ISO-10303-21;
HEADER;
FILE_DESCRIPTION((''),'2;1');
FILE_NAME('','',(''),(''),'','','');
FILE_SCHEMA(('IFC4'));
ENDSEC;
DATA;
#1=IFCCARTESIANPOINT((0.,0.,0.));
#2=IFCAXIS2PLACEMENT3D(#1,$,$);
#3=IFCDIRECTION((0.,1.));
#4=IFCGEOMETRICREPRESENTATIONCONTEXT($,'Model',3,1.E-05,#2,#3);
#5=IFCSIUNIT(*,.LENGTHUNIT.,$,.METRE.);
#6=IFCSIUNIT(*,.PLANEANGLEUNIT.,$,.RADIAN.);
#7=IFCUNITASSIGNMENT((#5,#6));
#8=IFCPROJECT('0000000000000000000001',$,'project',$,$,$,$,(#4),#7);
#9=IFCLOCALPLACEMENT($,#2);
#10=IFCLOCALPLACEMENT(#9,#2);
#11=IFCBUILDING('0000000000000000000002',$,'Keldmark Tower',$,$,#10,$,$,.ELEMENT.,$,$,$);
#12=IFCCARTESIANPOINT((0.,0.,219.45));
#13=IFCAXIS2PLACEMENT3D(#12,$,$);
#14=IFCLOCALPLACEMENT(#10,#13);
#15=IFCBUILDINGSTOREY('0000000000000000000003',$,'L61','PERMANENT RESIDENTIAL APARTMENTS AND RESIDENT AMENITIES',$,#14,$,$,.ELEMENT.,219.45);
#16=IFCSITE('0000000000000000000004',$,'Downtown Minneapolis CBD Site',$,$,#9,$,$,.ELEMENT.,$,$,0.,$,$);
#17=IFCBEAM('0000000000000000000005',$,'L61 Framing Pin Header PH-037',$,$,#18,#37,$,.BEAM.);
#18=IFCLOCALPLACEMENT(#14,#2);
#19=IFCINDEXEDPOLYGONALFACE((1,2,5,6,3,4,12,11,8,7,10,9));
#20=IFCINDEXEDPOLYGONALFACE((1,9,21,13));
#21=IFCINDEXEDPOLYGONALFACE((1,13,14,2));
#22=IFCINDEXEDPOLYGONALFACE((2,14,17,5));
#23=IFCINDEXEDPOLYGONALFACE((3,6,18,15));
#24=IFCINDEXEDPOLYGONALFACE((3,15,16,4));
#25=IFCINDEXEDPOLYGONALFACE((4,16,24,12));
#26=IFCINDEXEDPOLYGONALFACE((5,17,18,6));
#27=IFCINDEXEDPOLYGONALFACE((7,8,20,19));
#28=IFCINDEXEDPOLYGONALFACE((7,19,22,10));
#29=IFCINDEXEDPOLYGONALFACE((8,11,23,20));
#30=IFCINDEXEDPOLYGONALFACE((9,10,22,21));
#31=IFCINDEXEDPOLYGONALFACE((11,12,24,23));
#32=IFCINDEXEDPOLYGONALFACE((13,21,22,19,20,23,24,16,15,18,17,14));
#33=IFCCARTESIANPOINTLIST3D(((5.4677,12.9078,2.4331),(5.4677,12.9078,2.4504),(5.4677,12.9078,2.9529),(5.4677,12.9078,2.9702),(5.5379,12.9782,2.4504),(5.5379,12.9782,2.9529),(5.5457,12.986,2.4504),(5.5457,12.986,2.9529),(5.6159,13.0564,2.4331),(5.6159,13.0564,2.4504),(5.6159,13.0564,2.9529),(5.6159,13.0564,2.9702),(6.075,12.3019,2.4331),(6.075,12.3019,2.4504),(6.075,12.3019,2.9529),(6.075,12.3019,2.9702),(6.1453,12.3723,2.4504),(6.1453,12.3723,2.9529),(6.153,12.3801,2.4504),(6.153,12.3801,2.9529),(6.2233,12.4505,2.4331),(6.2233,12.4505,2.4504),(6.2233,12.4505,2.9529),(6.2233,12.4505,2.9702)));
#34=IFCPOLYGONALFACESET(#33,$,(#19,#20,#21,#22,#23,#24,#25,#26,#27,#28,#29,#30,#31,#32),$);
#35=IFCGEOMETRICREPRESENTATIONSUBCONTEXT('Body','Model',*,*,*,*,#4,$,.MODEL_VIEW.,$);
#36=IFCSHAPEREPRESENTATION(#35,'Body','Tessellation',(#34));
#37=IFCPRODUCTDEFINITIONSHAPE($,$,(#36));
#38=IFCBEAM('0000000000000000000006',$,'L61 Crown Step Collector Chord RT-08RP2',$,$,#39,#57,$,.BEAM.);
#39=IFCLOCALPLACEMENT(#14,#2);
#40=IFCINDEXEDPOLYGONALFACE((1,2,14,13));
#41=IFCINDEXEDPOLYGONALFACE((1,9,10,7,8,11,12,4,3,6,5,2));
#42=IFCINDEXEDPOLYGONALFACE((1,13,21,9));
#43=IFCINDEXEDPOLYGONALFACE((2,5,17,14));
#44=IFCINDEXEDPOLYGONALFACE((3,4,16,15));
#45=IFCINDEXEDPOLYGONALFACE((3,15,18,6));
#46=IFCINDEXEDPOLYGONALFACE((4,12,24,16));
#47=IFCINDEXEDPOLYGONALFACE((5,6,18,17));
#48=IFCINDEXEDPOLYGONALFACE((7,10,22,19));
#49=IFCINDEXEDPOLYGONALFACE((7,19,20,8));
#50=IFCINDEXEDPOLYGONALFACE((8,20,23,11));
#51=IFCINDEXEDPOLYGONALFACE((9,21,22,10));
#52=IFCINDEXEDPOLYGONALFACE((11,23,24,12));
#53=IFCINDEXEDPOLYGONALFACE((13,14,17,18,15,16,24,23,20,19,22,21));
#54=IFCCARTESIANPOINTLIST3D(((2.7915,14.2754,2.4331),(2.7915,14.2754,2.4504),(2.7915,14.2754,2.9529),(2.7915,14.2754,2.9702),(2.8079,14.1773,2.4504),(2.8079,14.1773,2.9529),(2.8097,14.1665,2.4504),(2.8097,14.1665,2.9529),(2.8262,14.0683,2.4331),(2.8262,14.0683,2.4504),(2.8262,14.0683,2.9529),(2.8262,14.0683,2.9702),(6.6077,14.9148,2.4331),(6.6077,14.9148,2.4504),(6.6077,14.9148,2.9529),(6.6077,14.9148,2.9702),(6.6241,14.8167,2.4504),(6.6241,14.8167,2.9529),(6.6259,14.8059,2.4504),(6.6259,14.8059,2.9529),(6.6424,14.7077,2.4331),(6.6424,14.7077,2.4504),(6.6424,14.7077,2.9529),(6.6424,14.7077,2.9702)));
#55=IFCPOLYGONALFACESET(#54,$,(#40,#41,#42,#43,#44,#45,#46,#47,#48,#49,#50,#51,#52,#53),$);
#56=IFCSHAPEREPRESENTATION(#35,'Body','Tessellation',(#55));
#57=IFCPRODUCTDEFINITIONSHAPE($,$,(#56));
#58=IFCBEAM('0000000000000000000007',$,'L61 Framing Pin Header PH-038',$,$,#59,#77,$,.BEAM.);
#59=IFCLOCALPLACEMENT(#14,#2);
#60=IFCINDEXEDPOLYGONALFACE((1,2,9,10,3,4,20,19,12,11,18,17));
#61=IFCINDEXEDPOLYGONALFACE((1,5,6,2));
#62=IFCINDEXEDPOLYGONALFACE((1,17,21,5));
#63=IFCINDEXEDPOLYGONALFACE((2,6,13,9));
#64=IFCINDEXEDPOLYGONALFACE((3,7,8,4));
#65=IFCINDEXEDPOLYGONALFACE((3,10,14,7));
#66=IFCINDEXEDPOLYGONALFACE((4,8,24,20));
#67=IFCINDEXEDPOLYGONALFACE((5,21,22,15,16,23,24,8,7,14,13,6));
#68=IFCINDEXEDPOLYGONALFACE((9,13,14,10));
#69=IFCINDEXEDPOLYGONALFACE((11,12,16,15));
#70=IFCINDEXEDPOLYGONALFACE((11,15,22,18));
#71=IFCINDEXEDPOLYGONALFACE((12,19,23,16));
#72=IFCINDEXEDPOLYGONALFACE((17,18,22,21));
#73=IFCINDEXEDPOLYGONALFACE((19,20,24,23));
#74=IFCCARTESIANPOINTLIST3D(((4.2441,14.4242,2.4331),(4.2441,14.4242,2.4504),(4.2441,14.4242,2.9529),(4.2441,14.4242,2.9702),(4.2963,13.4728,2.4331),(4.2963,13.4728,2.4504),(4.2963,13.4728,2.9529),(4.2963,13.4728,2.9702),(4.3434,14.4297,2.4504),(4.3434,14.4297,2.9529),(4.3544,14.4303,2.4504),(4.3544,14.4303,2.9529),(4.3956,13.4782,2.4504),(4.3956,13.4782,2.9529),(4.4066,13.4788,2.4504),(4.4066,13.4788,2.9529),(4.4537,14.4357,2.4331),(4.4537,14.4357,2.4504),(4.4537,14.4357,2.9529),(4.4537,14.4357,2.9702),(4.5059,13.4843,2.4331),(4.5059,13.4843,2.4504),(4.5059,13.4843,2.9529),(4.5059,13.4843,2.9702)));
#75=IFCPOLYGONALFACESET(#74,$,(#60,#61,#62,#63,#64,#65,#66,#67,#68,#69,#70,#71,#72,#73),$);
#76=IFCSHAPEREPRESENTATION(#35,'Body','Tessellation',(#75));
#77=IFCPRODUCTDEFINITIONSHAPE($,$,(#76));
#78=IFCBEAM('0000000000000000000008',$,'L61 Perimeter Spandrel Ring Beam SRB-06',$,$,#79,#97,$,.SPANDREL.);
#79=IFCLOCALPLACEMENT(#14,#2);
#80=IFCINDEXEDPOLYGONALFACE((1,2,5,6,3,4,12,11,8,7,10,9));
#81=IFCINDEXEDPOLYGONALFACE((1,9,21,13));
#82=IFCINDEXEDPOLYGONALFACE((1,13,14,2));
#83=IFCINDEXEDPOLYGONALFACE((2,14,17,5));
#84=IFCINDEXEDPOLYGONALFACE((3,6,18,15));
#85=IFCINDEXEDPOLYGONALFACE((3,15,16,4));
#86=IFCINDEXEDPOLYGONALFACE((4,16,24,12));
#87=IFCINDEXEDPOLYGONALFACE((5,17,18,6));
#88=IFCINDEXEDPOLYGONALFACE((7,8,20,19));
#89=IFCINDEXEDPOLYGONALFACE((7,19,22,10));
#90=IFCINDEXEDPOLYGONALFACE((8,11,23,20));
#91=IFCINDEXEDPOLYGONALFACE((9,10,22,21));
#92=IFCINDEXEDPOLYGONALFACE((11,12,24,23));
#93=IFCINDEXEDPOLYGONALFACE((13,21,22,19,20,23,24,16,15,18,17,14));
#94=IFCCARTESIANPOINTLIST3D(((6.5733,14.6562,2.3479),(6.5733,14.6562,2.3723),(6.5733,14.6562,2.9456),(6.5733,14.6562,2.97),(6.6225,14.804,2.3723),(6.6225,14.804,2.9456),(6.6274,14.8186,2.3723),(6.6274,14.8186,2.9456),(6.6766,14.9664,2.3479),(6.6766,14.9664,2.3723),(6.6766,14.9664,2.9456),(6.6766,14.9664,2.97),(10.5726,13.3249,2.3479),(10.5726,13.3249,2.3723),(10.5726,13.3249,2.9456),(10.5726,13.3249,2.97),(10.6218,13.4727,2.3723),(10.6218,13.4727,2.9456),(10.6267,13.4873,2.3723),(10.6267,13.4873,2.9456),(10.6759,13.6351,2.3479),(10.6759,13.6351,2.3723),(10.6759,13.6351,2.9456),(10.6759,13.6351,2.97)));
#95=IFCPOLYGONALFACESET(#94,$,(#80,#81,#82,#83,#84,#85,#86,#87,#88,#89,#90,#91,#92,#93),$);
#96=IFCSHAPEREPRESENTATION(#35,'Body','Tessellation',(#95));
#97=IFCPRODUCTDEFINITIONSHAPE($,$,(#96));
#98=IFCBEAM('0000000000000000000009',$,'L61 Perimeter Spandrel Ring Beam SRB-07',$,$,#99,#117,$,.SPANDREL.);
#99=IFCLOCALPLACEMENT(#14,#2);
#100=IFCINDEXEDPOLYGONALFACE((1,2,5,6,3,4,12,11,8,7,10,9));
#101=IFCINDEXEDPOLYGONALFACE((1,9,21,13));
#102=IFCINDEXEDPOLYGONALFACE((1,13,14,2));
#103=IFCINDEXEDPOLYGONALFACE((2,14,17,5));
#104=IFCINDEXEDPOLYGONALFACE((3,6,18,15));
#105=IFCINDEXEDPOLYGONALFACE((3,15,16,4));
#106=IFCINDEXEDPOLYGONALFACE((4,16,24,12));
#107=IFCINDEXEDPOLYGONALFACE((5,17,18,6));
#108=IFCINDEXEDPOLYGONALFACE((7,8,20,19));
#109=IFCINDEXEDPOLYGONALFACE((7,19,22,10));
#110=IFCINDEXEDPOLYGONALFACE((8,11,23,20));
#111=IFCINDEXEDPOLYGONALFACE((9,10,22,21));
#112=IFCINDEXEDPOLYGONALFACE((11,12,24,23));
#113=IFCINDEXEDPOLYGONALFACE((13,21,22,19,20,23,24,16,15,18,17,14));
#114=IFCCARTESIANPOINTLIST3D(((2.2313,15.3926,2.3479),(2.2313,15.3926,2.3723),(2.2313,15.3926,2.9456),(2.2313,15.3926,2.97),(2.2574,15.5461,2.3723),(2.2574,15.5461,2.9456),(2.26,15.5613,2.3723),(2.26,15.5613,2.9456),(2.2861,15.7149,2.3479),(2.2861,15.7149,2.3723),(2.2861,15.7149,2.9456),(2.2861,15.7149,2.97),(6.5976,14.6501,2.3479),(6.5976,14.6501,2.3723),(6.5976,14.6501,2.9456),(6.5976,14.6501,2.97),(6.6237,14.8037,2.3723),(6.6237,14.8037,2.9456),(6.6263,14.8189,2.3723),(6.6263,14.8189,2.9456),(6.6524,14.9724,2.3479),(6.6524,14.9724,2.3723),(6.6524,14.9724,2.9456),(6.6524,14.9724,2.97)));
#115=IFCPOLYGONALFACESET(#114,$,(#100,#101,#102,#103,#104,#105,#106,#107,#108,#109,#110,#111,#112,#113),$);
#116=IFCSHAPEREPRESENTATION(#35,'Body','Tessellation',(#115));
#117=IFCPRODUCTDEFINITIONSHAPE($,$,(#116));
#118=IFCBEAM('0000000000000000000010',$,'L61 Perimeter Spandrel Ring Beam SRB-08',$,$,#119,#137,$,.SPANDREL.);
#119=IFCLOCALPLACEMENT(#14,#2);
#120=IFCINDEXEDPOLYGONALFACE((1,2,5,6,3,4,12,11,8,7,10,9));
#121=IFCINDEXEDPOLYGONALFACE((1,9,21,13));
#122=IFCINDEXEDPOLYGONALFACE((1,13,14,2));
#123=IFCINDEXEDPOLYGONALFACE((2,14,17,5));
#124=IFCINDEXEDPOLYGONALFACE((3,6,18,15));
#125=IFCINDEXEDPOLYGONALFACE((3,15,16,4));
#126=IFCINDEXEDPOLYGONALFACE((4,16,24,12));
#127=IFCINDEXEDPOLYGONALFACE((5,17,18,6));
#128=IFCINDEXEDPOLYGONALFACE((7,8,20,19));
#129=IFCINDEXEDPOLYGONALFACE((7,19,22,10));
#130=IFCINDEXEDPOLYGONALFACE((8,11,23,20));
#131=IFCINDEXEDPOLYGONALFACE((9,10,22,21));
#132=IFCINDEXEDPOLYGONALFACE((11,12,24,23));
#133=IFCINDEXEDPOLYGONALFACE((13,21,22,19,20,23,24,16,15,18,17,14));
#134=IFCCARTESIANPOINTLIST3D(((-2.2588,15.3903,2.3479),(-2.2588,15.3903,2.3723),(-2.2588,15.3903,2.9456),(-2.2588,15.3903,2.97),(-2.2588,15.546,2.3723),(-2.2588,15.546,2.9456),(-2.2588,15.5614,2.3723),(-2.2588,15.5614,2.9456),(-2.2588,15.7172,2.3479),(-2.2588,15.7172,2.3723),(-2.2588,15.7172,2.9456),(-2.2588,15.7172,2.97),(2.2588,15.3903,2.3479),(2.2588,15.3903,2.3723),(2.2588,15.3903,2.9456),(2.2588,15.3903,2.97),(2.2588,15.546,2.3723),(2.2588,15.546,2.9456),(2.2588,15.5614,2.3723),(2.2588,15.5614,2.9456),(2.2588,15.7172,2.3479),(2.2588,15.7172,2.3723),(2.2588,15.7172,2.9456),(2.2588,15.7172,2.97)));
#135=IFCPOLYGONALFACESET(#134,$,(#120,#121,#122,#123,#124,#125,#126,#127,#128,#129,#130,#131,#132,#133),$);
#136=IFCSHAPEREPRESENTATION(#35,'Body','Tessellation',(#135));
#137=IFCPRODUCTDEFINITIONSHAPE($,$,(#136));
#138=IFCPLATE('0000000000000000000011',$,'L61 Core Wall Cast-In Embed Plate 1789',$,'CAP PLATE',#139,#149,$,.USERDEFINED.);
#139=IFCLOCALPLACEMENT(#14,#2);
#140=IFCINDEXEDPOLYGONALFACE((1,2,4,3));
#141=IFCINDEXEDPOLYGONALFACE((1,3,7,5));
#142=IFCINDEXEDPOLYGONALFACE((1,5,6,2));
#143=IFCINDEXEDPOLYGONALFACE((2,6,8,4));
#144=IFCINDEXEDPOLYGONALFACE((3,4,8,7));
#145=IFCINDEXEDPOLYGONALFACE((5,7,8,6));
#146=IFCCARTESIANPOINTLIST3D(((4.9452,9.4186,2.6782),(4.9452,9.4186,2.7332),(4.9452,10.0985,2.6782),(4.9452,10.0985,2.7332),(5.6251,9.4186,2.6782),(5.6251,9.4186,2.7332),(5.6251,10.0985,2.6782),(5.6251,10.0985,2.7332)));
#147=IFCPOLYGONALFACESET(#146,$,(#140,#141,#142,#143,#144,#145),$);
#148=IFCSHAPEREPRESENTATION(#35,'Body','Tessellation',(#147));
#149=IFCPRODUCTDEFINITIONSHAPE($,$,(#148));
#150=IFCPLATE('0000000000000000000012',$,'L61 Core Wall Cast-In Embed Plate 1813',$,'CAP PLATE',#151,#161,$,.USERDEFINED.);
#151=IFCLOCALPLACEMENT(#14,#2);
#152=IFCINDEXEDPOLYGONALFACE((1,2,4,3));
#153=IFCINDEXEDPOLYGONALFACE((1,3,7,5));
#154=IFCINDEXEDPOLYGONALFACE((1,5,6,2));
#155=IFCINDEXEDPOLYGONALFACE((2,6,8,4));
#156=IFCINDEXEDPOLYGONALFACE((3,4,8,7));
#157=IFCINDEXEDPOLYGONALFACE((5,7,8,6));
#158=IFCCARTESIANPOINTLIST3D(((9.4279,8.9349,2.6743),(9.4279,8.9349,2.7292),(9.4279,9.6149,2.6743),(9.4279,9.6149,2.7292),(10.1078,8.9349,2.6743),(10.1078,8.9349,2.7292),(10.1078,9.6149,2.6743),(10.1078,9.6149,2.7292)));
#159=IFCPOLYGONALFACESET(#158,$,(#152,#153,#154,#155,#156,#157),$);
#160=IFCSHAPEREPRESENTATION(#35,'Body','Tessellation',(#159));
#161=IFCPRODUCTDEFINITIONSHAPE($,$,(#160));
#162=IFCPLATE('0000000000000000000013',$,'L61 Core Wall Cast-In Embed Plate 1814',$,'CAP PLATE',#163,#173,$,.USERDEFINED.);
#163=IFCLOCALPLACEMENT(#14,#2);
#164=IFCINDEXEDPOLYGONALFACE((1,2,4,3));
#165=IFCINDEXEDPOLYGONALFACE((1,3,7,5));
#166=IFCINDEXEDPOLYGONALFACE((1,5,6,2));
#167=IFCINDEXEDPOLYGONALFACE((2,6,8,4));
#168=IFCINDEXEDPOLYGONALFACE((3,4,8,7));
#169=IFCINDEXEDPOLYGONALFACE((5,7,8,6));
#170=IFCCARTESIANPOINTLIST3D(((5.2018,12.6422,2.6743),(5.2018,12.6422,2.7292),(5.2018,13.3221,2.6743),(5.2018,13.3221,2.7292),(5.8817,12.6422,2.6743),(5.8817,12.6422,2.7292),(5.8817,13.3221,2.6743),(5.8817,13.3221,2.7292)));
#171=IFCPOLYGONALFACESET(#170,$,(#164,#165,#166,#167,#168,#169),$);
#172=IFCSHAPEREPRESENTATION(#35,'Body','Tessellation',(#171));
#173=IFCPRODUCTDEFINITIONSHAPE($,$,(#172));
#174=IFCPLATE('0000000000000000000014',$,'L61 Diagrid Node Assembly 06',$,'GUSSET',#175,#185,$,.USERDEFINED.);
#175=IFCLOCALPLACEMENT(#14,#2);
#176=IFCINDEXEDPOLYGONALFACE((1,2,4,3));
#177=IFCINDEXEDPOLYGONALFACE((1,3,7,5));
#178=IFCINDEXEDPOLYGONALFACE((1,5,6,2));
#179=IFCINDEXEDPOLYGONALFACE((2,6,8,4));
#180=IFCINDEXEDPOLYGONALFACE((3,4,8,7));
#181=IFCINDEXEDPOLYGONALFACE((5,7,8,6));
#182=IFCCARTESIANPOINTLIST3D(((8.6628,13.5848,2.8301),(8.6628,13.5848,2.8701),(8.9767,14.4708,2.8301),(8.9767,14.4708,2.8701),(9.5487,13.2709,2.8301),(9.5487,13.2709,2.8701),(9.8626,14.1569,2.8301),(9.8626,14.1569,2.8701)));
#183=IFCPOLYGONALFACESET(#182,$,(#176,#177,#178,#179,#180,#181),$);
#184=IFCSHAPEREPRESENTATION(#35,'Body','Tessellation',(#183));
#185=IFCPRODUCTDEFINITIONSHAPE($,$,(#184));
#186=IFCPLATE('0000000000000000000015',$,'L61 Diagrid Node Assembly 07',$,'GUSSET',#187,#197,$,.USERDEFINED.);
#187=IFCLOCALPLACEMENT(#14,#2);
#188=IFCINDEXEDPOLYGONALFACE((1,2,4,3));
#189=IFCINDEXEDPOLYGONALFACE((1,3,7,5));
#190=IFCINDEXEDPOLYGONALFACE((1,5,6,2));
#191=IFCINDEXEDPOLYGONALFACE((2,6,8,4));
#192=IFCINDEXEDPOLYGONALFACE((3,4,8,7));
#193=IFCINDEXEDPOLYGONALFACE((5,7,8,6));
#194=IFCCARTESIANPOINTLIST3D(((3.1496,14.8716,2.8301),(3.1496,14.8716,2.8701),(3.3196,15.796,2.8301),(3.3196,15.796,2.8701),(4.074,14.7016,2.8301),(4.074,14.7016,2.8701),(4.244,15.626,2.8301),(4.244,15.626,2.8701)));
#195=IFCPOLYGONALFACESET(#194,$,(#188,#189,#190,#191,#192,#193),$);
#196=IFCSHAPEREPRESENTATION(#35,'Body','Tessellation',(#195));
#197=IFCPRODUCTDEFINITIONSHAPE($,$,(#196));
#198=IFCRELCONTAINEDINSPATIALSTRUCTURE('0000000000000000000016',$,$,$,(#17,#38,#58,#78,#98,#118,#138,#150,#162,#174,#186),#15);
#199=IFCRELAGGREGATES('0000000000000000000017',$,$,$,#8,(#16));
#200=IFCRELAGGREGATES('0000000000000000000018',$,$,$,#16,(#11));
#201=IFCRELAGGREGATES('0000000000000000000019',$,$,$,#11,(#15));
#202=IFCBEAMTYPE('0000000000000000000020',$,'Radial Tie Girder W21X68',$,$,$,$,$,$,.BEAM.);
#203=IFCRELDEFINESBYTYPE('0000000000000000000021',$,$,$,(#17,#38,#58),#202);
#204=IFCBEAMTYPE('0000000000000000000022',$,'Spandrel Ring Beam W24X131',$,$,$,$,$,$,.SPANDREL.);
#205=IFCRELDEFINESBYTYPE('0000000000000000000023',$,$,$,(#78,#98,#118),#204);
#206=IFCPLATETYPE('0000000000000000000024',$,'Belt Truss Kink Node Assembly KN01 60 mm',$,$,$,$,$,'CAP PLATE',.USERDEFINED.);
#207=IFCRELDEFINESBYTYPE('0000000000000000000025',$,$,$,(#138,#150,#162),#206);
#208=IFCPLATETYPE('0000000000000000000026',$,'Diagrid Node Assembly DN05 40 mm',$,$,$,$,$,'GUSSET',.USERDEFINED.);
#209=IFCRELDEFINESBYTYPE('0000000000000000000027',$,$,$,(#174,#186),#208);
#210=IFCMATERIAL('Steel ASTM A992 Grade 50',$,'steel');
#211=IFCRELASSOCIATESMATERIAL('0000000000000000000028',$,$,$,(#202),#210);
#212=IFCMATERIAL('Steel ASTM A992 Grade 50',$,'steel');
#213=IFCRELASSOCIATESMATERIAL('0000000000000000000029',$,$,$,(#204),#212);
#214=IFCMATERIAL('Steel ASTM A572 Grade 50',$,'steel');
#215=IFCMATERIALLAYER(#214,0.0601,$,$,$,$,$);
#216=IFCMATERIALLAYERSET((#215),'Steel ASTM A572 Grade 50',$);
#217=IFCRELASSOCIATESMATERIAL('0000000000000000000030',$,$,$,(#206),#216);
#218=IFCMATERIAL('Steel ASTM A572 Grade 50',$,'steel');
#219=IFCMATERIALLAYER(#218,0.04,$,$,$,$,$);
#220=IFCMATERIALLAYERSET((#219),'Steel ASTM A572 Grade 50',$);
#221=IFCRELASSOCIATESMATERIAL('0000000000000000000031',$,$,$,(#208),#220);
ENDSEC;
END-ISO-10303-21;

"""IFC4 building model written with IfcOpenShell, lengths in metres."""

from ifc_helpers import new_model, si_unit, direction, frame, origin, origin_2d, place, context, subcontext, project, spatial, rectangle, i_section, extrude, material, layer, layer_set, material_profile, profile_set, type_object, element, save


model = new_model("IFC4")

# Units and contexts
model_context = context("Model", 3, precision=1e-05, world=origin(), true_north=direction((0.0, 1.0)))
body_context = subcontext(model_context, "Body", "Model", "MODEL_VIEW")
ifc_project = project(units=[si_unit("LENGTHUNIT", "METRE"), si_unit("PLANEANGLEUNIT", "RADIAN")], contexts=[model_context])

# Site, building, storey
site_placement = place(None, origin())
site = spatial("IfcSite", under=ifc_project, at=site_placement, Name="Downtown Minneapolis CBD Site", CompositionType="ELEMENT", RefElevation=0.0)
building_placement = place(site_placement, origin())
building = spatial("IfcBuilding", under=site, at=building_placement, Name="Keldmark Tower", CompositionType="ELEMENT")
storey_placement = place(building_placement, frame((0.0, 0.0, 219.45)))
storey = spatial("IfcBuildingStorey", under=building, at=storey_placement, Name="L61", Description="PERMANENT RESIDENTIAL APARTMENTS AND RESIDENT AMENITIES", CompositionType="ELEMENT", Elevation=219.45)

# Beams
ifc_material_1 = material(Name="Steel ASTM A992 Grade 50", Category="steel")
ifc_material_profile_1 = material_profile(ifc_material_1, i_section(OverallWidth=0.21, OverallDepth=0.5371, WebThickness=0.011, FlangeThickness=0.0173, at=origin_2d()), Name="W21X68")
ifc_profile_set_1 = profile_set([ifc_material_profile_1], Name="Steel ASTM A992 Grade 50")
beam_type_1 = type_object("IfcBeamType", Name="Radial Tie Girder W21X68", PredefinedType="BEAM", material=ifc_profile_set_1)
beam_1_placement = place(storey_placement, frame((6.1492, 12.3762, 2.7017), z_axis=(-0.70796, 0.706253, 0.0), x_axis=(-0.706253, -0.70796, 0.0)))
element("IfcBeam", 1, at=beam_1_placement, inside=storey, type_object=beam_type_1, Name="L61 Framing Pin Header PH-037", PredefinedType="BEAM", context=body_context, shape_type="SweptSolid", body=[
    extrude(i_section(OverallWidth=0.21, OverallDepth=0.5371, WebThickness=0.011, FlangeThickness=0.0173, at=origin_2d()), origin(), (0.0, 0.0, 1.0), 0.8579),
])
beam_2_placement = place(storey_placement, frame((2.8088, 14.1719, 2.7017), z_axis=(0.986252, 0.165248, 0.0), x_axis=(-0.165248, 0.986252, 0.0)))
element("IfcBeam", 2, at=beam_2_placement, inside=storey, type_object=beam_type_1, Name="L61 Crown Step Collector Chord RT-08RP2", PredefinedType="BEAM", context=body_context, shape_type="SweptSolid", body=[
    extrude(i_section(OverallWidth=0.21, OverallDepth=0.5371, WebThickness=0.011, FlangeThickness=0.0173, at=origin_2d()), origin(), (0.0, 0.0, 1.0), 3.8694),
])
beam_3_placement = place(storey_placement, frame((4.4011, 13.4785, 2.7017), z_axis=(-0.054831, 0.998496, 0.0), x_axis=(-0.998496, -0.054831, 0.0)))
element("IfcBeam", 3, at=beam_3_placement, inside=storey, type_object=beam_type_1, Name="L61 Framing Pin Header PH-038", PredefinedType="BEAM", context=body_context, shape_type="SweptSolid", body=[
    extrude(i_section(OverallWidth=0.21, OverallDepth=0.5371, WebThickness=0.011, FlangeThickness=0.0173, at=origin_2d()), origin(), (0.0, 0.0, 1.0), 0.9529),
])
ifc_material_2 = material(Name="Steel ASTM A992 Grade 50", Category="steel")
ifc_material_profile_2 = material_profile(ifc_material_2, i_section(OverallWidth=0.3269, OverallDepth=0.6221, WebThickness=0.0154, FlangeThickness=0.0244, at=origin_2d()), Name="W24X131")
ifc_profile_set_2 = profile_set([ifc_material_profile_2], Name="Steel ASTM A992 Grade 50")
beam_type_2 = type_object("IfcBeamType", Name="Spandrel Ring Beam W24X131", PredefinedType="SPANDREL", material=ifc_profile_set_2)
beam_4_placement = place(storey_placement, frame((10.6243, 13.48, 2.6589), z_axis=(-0.948811, 0.315845, 0.0), x_axis=(-0.315845, -0.948811, 0.0)))
element("IfcBeam", 4, at=beam_4_placement, inside=storey, type_object=beam_type_2, Name="L61 Perimeter Spandrel Ring Beam SRB-06", PredefinedType="SPANDREL", context=body_context, shape_type="SweptSolid", body=[
    extrude(i_section(OverallWidth=0.3269, OverallDepth=0.6221, WebThickness=0.0154, FlangeThickness=0.0244, at=origin_2d()), origin(), (0.0, 0.0, 1.0), 4.2151),
])
beam_5_placement = place(storey_placement, frame((6.625, 14.8113, 2.6589), z_axis=(-0.985849, 0.167634, 0.0), x_axis=(-0.167634, -0.985849, 0.0)))
element("IfcBeam", 5, at=beam_5_placement, inside=storey, type_object=beam_type_2, Name="L61 Perimeter Spandrel Ring Beam SRB-07", PredefinedType="SPANDREL", context=body_context, shape_type="SweptSolid", body=[
    extrude(i_section(OverallWidth=0.3269, OverallDepth=0.6221, WebThickness=0.0154, FlangeThickness=0.0244, at=origin_2d()), origin(), (0.0, 0.0, 1.0), 4.429),
])
beam_6_placement = place(storey_placement, frame((2.2588, 15.5537, 2.6589), z_axis=(-1.0, 0.0, 0.0), x_axis=(0.0, -1.0, 0.0)))
element("IfcBeam", 6, at=beam_6_placement, inside=storey, type_object=beam_type_2, Name="L61 Perimeter Spandrel Ring Beam SRB-08", PredefinedType="SPANDREL", context=body_context, shape_type="SweptSolid", body=[
    extrude(i_section(OverallWidth=0.3269, OverallDepth=0.6221, WebThickness=0.0154, FlangeThickness=0.0244, at=origin_2d()), origin(), (0.0, 0.0, 1.0), 4.5176),
])

# Plates
ifc_material_3 = material(Name="Steel ASTM A572 Grade 50", Category="steel")
ifc_layer_1 = layer(ifc_material_3, 0.0601)
ifc_layer_set_1 = layer_set([ifc_layer_1], Name="Steel ASTM A572 Grade 50")
plate_type_1 = type_object("IfcPlateType", Name="Belt Truss Kink Node Assembly KN01 60 mm", ElementType="CAP PLATE", PredefinedType="USERDEFINED", material=ifc_layer_set_1)
for number, where, z_axis, x_axis, name in (
    (7, (5.2852, 9.7585, 2.6782), (0.0, 0.0, 1.0), (1.0, 0.0, 0.0), "L61 Core Wall Cast-In Embed Plate 1789"),
    (8, (9.7678, 9.2749, 2.6743), (0.0, 0.0, 1.0), (1.0, 0.0, 0.0), "L61 Core Wall Cast-In Embed Plate 1813"),
    (9, (5.5417, 12.9822, 2.6743), (0.0, 0.0, 1.0), (1.0, 0.0, 0.0), "L61 Core Wall Cast-In Embed Plate 1814"),
):
    element("IfcPlate", number, at=place(storey_placement, frame(where, z_axis=z_axis, x_axis=x_axis)), inside=storey, type_object=plate_type_1, Name=name, ObjectType="CAP PLATE", PredefinedType="USERDEFINED", context=body_context, shape_type="SweptSolid", body=[
        extrude(rectangle(XDim=0.6799, YDim=0.6799, at=origin_2d()), origin(), (0.0, 0.0, 1.0), 0.0549),
    ])
ifc_material_4 = material(Name="Steel ASTM A572 Grade 50", Category="steel")
ifc_layer_2 = layer(ifc_material_4, 0.04)
ifc_layer_set_2 = layer_set([ifc_layer_2], Name="Steel ASTM A572 Grade 50")
plate_type_2 = type_object("IfcPlateType", Name="Diagrid Node Assembly DN05 40 mm", ElementType="GUSSET", PredefinedType="USERDEFINED", material=ifc_layer_set_2)
for number, where, z_axis, x_axis, name in (
    (10, (9.2627, 13.8708, 2.8301), (0.0, 0.0, 1.0), (-0.942583, 0.333971, 0.0), "L61 Diagrid Node Assembly 06"),
    (11, (3.6968, 15.2488, 2.8301), (0.0, 0.0, 1.0), (-0.983508, 0.180862, 0.0), "L61 Diagrid Node Assembly 07"),
):
    element("IfcPlate", number, at=place(storey_placement, frame(where, z_axis=z_axis, x_axis=x_axis)), inside=storey, type_object=plate_type_2, Name=name, ObjectType="GUSSET", PredefinedType="USERDEFINED", context=body_context, shape_type="SweptSolid", body=[
        extrude(rectangle(XDim=0.9399, YDim=0.9399, at=origin_2d()), origin(), (0.0, 0.0, 1.0), 0.04),
    ])

save(model, "model.ifc")
